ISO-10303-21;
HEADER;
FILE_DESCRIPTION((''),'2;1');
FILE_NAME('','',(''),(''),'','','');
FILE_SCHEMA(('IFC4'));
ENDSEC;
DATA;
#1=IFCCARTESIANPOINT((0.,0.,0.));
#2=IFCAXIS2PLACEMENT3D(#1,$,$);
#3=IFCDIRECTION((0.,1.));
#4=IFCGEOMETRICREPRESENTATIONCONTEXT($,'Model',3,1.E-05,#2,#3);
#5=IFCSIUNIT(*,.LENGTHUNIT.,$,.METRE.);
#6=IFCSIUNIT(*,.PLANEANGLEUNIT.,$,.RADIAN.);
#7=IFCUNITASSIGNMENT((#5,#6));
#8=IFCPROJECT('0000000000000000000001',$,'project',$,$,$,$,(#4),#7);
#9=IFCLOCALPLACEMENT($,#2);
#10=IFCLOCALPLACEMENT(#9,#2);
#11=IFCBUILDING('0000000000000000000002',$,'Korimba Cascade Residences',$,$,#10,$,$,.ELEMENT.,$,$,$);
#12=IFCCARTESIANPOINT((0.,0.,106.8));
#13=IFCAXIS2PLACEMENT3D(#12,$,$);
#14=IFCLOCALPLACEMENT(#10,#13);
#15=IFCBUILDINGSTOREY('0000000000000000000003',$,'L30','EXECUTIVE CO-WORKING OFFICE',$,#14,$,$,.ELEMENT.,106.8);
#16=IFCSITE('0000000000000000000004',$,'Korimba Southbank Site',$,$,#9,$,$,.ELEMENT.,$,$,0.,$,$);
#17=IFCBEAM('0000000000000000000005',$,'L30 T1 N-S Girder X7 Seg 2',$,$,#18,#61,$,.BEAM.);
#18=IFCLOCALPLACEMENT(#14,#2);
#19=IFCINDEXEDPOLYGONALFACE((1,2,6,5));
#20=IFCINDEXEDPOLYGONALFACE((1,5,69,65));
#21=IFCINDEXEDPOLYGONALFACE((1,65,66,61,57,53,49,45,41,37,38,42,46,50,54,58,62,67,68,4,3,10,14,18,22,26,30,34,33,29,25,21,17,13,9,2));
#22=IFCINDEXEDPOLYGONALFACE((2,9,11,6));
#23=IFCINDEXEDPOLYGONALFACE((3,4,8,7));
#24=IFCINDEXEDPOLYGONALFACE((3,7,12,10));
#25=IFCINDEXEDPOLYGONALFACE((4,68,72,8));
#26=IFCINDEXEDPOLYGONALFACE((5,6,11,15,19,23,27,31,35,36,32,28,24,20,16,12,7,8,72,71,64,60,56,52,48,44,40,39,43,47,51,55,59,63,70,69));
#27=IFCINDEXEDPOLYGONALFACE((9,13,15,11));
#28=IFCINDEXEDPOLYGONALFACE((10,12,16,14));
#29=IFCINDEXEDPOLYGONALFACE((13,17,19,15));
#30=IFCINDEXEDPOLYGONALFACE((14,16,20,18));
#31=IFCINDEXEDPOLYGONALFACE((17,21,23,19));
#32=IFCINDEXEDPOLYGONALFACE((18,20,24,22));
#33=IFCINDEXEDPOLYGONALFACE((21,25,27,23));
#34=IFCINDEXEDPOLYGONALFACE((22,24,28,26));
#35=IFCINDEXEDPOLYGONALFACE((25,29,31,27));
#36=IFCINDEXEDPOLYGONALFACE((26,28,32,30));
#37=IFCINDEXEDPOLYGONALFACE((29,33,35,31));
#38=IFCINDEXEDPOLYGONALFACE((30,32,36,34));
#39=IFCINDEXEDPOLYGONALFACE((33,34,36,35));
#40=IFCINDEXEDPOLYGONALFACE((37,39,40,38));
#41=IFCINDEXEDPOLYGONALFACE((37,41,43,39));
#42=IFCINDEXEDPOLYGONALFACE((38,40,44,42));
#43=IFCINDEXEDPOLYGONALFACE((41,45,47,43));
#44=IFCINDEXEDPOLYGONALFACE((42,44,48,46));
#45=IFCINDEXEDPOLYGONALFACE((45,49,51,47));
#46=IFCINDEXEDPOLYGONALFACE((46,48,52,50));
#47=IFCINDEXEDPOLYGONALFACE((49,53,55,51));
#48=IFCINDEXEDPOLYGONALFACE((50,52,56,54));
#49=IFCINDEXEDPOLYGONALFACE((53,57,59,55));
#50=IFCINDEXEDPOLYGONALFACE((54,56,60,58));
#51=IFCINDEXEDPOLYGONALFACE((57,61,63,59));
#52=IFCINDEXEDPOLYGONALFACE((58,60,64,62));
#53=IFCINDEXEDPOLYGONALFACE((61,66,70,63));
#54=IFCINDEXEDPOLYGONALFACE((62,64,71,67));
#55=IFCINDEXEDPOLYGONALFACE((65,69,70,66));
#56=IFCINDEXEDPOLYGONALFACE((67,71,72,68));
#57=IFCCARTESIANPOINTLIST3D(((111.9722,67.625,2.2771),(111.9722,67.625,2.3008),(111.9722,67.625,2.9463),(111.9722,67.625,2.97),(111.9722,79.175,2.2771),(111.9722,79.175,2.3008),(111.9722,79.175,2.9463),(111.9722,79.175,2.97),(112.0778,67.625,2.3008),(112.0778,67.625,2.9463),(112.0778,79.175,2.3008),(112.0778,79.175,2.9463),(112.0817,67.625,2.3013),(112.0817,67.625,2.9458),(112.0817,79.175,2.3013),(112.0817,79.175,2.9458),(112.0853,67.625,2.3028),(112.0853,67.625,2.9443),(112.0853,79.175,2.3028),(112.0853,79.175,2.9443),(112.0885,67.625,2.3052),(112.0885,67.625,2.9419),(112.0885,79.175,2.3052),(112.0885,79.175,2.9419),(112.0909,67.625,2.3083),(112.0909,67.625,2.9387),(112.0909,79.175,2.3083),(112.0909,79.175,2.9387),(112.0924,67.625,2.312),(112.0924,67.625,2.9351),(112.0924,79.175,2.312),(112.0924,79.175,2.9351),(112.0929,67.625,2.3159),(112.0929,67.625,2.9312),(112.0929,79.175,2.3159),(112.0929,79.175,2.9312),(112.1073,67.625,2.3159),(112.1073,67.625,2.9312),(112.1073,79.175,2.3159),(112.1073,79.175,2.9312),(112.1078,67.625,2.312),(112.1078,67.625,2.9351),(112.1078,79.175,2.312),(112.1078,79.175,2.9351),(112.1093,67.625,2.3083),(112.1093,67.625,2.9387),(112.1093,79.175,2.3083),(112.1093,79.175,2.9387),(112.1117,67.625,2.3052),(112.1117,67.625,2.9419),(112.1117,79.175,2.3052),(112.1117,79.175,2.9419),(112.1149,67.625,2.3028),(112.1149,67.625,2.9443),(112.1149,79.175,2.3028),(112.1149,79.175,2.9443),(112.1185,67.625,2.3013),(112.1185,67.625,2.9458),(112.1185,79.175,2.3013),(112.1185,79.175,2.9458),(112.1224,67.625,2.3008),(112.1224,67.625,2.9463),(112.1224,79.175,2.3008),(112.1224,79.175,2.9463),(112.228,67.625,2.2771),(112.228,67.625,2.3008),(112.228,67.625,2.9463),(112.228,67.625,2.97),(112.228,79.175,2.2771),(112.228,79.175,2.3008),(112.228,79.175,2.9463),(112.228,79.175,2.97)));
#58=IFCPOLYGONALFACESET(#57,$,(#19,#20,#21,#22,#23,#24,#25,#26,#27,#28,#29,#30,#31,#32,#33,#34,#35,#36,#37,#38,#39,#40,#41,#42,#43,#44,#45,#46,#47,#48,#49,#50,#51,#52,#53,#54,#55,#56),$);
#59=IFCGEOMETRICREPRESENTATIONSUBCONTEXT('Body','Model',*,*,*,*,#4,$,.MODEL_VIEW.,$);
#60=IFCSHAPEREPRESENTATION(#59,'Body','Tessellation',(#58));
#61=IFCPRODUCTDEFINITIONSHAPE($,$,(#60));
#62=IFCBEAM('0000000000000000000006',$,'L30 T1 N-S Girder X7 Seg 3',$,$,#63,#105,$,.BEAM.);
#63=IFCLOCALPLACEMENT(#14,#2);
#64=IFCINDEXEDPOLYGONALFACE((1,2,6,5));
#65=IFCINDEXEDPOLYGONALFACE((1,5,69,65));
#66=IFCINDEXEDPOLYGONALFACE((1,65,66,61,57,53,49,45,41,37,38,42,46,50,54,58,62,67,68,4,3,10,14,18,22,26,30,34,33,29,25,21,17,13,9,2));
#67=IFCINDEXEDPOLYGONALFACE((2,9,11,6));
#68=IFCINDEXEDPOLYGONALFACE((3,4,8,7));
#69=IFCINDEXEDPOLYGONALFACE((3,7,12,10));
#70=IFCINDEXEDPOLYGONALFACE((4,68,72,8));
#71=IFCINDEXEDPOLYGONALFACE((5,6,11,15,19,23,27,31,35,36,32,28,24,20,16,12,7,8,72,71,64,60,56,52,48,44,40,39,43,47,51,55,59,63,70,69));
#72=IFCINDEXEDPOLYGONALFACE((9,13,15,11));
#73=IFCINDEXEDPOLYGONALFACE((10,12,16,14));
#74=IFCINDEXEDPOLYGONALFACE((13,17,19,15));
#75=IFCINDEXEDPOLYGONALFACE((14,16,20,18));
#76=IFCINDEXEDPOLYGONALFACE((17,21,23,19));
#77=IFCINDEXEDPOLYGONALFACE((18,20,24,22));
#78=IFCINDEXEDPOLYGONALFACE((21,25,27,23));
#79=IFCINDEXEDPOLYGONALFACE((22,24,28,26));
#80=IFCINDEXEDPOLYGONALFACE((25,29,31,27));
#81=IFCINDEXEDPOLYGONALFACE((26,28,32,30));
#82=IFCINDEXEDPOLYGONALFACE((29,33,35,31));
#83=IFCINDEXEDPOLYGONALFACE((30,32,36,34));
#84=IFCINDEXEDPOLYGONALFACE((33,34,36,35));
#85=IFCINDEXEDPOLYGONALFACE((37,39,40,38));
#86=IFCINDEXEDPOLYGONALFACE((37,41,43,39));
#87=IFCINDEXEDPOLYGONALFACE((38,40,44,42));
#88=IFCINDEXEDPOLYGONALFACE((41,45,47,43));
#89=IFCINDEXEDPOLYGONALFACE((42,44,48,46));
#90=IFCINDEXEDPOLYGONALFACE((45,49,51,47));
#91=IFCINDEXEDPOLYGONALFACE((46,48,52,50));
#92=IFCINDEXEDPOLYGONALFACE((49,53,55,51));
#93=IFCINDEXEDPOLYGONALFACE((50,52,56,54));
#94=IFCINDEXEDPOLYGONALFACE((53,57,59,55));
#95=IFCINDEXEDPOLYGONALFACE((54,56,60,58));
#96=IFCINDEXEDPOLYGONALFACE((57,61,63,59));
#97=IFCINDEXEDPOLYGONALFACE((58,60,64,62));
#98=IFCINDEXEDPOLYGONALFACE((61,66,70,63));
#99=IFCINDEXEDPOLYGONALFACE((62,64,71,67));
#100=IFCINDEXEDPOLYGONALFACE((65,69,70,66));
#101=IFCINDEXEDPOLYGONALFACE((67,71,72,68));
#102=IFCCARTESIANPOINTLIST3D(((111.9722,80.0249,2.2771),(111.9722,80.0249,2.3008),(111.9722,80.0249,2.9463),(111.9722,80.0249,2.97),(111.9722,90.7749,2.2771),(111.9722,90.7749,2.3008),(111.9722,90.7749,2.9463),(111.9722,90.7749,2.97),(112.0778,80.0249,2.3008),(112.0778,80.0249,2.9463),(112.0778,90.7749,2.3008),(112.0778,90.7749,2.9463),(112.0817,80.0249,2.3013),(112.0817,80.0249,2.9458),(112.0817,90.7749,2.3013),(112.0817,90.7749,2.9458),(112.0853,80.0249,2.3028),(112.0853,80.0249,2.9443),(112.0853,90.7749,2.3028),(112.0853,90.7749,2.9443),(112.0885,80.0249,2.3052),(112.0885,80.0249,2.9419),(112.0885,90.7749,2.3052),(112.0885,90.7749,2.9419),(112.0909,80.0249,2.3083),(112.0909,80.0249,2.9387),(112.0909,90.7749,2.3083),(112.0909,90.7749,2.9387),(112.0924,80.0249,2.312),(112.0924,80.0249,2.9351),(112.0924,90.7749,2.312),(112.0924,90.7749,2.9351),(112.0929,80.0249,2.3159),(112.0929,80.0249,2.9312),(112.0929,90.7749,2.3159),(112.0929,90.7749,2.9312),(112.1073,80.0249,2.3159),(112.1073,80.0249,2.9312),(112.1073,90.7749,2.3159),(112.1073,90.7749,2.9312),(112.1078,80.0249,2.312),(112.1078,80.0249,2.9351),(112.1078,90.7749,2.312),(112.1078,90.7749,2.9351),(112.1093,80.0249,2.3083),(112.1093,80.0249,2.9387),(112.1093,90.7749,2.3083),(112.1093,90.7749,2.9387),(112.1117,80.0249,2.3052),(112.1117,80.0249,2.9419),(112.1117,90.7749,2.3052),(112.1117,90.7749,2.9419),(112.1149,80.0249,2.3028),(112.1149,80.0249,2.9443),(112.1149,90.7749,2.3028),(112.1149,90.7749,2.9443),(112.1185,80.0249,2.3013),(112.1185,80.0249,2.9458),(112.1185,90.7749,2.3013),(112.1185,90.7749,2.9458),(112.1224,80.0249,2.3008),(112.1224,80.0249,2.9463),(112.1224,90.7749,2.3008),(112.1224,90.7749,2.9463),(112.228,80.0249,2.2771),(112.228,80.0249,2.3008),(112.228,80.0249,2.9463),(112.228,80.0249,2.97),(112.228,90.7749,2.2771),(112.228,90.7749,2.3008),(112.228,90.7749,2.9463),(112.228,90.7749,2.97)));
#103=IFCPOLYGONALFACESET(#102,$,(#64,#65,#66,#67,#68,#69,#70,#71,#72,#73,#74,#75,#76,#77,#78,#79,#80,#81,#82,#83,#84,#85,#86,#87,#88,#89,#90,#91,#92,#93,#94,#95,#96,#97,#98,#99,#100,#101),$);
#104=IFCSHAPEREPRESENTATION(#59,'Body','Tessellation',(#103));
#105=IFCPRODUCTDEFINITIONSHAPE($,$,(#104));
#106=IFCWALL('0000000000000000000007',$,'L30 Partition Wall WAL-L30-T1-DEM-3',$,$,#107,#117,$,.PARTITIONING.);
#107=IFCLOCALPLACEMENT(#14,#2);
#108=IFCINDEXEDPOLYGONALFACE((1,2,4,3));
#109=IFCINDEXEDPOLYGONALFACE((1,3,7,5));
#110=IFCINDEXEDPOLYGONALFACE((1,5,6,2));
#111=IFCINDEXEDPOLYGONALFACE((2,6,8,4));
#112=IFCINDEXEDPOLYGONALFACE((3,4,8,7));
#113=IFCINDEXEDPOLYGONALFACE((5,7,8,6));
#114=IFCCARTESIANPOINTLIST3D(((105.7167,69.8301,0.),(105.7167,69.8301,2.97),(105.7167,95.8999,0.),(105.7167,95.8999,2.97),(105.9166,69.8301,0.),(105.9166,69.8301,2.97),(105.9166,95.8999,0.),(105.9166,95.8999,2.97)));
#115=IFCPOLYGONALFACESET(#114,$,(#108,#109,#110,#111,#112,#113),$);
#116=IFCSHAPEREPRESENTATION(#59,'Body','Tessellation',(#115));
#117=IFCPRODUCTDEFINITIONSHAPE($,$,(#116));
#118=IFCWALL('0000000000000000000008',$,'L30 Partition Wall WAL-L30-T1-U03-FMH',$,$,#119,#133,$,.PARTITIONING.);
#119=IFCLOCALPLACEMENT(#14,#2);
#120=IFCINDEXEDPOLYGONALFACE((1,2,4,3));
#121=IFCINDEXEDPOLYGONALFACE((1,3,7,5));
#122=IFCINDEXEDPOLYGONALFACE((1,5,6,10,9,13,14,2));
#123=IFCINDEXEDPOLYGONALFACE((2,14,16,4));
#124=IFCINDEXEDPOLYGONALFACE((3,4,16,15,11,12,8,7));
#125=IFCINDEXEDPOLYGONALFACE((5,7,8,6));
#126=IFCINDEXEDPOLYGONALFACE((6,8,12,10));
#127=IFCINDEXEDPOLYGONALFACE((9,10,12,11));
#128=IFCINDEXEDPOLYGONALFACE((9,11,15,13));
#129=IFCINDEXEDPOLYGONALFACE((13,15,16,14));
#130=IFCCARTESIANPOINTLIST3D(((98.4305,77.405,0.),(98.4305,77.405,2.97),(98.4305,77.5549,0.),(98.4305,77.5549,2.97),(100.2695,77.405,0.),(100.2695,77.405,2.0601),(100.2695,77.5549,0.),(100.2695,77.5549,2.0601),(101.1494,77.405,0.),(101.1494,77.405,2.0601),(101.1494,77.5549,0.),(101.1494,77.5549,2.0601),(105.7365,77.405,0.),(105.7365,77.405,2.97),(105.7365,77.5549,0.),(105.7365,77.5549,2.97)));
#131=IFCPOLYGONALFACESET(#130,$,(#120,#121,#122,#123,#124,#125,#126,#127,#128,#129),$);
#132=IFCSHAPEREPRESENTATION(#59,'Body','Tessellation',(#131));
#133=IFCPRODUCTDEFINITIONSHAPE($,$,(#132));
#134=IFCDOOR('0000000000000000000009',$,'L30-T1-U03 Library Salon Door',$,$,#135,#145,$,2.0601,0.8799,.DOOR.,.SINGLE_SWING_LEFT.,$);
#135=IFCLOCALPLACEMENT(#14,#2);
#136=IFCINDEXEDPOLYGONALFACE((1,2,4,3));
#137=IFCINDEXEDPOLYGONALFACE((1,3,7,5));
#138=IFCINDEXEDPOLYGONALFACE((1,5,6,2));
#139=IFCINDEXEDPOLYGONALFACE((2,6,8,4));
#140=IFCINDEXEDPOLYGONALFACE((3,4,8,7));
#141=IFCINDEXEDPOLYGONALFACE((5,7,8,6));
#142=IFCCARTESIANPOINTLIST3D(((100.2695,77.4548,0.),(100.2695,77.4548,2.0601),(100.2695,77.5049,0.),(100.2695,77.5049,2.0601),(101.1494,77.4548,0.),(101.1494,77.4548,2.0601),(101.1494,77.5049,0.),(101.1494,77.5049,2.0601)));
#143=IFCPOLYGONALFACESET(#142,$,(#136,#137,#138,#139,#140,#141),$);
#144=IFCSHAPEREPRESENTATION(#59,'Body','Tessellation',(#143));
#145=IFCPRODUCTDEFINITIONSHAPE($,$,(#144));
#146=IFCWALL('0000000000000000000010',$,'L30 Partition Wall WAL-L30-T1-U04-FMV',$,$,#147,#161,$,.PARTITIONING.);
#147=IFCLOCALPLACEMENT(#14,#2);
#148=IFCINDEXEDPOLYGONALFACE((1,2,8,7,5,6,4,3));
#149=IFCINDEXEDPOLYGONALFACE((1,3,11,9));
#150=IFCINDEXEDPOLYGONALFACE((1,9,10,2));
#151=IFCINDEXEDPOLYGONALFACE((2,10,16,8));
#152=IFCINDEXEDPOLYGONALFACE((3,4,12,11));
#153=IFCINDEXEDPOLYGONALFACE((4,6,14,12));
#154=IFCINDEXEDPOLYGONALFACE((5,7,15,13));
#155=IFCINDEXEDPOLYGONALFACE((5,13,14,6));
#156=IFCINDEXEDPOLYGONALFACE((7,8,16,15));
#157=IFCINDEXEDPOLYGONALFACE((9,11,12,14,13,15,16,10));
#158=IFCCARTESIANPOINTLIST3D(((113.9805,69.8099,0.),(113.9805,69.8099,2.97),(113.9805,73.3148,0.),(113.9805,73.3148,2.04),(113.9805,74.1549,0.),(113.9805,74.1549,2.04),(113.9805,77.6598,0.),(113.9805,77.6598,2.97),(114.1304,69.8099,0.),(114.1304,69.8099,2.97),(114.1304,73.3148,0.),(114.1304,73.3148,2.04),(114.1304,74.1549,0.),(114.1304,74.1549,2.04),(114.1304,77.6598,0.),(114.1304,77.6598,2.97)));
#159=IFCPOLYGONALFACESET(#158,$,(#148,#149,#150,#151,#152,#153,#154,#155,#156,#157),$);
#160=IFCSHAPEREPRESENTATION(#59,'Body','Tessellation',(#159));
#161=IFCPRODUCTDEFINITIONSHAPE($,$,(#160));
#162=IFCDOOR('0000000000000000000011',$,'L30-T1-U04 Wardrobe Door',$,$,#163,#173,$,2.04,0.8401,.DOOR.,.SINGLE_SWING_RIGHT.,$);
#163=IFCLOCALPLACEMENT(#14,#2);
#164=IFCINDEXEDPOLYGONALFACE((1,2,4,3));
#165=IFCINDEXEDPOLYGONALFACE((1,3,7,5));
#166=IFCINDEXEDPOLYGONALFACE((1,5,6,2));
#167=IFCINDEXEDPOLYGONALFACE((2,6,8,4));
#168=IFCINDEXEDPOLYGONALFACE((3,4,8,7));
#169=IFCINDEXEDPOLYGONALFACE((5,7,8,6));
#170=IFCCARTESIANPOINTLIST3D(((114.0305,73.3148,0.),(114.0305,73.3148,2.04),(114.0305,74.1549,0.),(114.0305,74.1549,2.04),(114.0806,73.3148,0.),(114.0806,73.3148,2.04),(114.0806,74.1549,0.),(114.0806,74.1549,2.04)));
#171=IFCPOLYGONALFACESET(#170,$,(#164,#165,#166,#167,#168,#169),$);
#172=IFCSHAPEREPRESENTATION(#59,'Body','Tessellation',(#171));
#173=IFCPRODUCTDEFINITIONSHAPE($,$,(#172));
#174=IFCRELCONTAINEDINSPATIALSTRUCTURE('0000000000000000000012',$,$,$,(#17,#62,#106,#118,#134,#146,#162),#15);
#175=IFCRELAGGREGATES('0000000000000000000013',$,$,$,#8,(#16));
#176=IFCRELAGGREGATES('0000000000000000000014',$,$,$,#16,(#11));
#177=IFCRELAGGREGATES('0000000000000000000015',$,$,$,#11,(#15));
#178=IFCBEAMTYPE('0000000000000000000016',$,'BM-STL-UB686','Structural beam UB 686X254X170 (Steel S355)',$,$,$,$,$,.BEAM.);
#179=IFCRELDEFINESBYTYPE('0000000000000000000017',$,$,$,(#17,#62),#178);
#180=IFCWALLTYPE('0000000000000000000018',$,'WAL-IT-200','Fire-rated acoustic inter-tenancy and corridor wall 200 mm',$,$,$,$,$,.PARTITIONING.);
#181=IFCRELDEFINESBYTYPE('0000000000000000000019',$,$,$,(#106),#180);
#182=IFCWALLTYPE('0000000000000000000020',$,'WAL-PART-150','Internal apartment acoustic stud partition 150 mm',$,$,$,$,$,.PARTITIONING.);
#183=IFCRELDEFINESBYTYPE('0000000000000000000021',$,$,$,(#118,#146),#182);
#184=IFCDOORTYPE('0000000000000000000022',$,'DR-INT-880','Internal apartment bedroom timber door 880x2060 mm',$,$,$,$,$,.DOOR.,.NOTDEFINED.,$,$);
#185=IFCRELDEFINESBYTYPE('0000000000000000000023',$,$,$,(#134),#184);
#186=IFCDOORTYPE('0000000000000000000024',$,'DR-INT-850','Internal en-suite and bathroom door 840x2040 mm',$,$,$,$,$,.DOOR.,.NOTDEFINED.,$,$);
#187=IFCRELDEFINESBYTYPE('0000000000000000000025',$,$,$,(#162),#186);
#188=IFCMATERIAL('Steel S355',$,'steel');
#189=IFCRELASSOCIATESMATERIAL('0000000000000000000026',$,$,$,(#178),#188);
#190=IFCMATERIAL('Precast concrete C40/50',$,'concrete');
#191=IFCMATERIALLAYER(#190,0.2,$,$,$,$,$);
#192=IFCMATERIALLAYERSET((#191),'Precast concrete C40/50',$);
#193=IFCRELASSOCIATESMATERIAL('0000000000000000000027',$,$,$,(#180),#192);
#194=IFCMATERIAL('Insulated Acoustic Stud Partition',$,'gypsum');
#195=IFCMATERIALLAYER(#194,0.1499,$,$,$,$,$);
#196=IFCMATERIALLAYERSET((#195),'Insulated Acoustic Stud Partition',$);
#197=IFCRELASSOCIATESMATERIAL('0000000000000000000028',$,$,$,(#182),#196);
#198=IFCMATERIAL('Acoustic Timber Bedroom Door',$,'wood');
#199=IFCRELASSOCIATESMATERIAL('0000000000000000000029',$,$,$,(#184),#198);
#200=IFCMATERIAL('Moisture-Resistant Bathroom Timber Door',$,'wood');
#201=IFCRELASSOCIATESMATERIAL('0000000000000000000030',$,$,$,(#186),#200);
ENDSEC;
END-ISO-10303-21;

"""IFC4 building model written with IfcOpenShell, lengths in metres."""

from ifc_helpers import new_model, si_unit, direction, frame, frame_2d, origin, origin_2d, place, context, subcontext, project, spatial, rectangle, i_section, extrude, material, layer, layer_set, material_profile, profile_set, type_object, element, fill, save


model = new_model("IFC4")

# Units and contexts
model_context = context("Model", 3, precision=1e-05, world=origin(), true_north=direction((0.0, 1.0)))
body_context = subcontext(model_context, "Body", "Model", "MODEL_VIEW")
ifc_project = project(units=[si_unit("LENGTHUNIT", "METRE"), si_unit("PLANEANGLEUNIT", "RADIAN")], contexts=[model_context])

# Site, building, storey
site_placement = place(None, origin())
site = spatial("IfcSite", under=ifc_project, at=site_placement, Name="Korimba Southbank Site", CompositionType="ELEMENT", RefElevation=0.0)
building_placement = place(site_placement, origin())
building = spatial("IfcBuilding", under=site, at=building_placement, Name="Korimba Cascade Residences", CompositionType="ELEMENT")
storey_placement = place(building_placement, frame((0.0, 0.0, 106.8)))
storey = spatial("IfcBuildingStorey", under=building, at=storey_placement, Name="L30", Description="EXECUTIVE CO-WORKING OFFICE", CompositionType="ELEMENT", Elevation=106.8)

# Beams
ifc_material_1 = material(Name="Steel S355", Category="steel")
ifc_material_profile_1 = material_profile(ifc_material_1, i_section(OverallWidth=0.2559, OverallDepth=0.6929, WebThickness=0.0144, FlangeThickness=0.0237, FilletRadius=0.0151, at=origin_2d()), Name="Steel S355")
ifc_profile_set_1 = profile_set([ifc_material_profile_1], Name="Steel S355")
beam_type_1 = type_object("IfcBeamType", Name="BM-STL-UB686", Description="Structural beam UB 686X254X170 (Steel S355)", PredefinedType="BEAM", material=ifc_profile_set_1)
beam_1_placement = place(storey_placement, frame((112.1001, 67.625, 2.6235), z_axis=(0.0, 1.0, 0.0), x_axis=(-1.0, 0.0, 0.0)))
element("IfcBeam", 1, at=beam_1_placement, inside=storey, type_object=beam_type_1, Name="L30 T1 N-S Girder X7 Seg 2", PredefinedType="BEAM", context=body_context, shape_type="SweptSolid", body=[
    extrude(i_section(OverallWidth=0.2559, OverallDepth=0.6929, WebThickness=0.0144, FlangeThickness=0.0237, FilletRadius=0.0151, at=origin_2d()), origin(), (0.0, 0.0, 1.0), 11.55),
])
beam_2_placement = place(storey_placement, frame((112.1001, 80.0249, 2.6235), z_axis=(0.0, 1.0, 0.0), x_axis=(-1.0, 0.0, 0.0)))
element("IfcBeam", 2, at=beam_2_placement, inside=storey, type_object=beam_type_1, Name="L30 T1 N-S Girder X7 Seg 3", PredefinedType="BEAM", context=body_context, shape_type="SweptSolid", body=[
    extrude(i_section(OverallWidth=0.2559, OverallDepth=0.6929, WebThickness=0.0144, FlangeThickness=0.0237, FilletRadius=0.0151, at=origin_2d()), origin(), (0.0, 0.0, 1.0), 10.75),
])

# Wall
ifc_material_2 = material(Name="Precast concrete C40/50", Category="concrete")
ifc_layer_1 = layer(ifc_material_2, 0.2)
ifc_layer_set_1 = layer_set([ifc_layer_1], Name="Precast concrete C40/50")
wall_type_1 = type_object("IfcWallType", Name="WAL-IT-200", Description="Fire-rated acoustic inter-tenancy and corridor wall 200 mm", PredefinedType="PARTITIONING", material=ifc_layer_set_1)
wall_1_placement = place(storey_placement, frame((105.8167, 69.8301, 0.0), z_axis=(0.0, 0.0, 1.0), x_axis=(0.0, 1.0, 0.0)))
element("IfcWall", 3, at=wall_1_placement, inside=storey, type_object=wall_type_1, Name="L30 Partition Wall WAL-L30-T1-DEM-3", PredefinedType="PARTITIONING", context=body_context, shape_type="SweptSolid", body=[
    extrude(rectangle(XDim=26.0698, YDim=0.2, at=frame_2d((13.0349, 0.0))), origin(), (0.0, 0.0, 1.0), 2.97),
])

# Walls, openings, doors
ifc_material_3 = material(Name="Insulated Acoustic Stud Partition", Category="gypsum")
ifc_layer_2 = layer(ifc_material_3, 0.1499)
ifc_layer_set_2 = layer_set([ifc_layer_2], Name="Insulated Acoustic Stud Partition")
wall_type_2 = type_object("IfcWallType", Name="WAL-PART-150", Description="Internal apartment acoustic stud partition 150 mm", PredefinedType="PARTITIONING", material=ifc_layer_set_2)
wall_2_placement = place(storey_placement, frame((98.4307, 77.48, 0.0), z_axis=(0.0, 0.0, 1.0), x_axis=(1.0, 0.0, 0.0)))
wall_2 = element("IfcWall", 4, at=wall_2_placement, inside=storey, type_object=wall_type_2, Name="L30 Partition Wall WAL-L30-T1-U03-FMH", PredefinedType="PARTITIONING", context=body_context, shape_type="SweptSolid", body=[
    extrude(rectangle(XDim=7.3059, YDim=0.1499, at=frame_2d((3.6528, 0.0))), origin(), (0.0, 0.0, 1.0), 2.97),
])
opening_1_placement = place(wall_2_placement, frame((1.8389, 0.0, 0.0)))
opening_1 = element("IfcOpeningElement", 5, at=opening_1_placement, cuts=wall_2, PredefinedType="OPENING", context=body_context, shape_type="SweptSolid", body=[
    extrude(rectangle(XDim=0.8799, YDim=2.0601, at=frame_2d((0.4399, 1.03))), frame((0.0, 0.085, 0.0), z_axis=(0.0, -1.0, 0.0), x_axis=(1.0, 0.0, 0.0)), (0.0, 0.0, 1.0), 0.1699),
])
ifc_material_4 = material(Name="Acoustic Timber Bedroom Door", Category="wood")
door_type_1 = type_object("IfcDoorType", Name="DR-INT-880", Description="Internal apartment bedroom timber door 880x2060 mm", OperationType="NOTDEFINED", PredefinedType="DOOR", material=ifc_material_4)
door_1_placement = place(opening_1_placement, origin())
door_1 = element("IfcDoor", 6, at=door_1_placement, inside=storey, type_object=door_type_1, Name="L30-T1-U03 Library Salon Door", OperationType="SINGLE_SWING_LEFT", OverallHeight=2.0601, OverallWidth=0.8799, PredefinedType="DOOR", context=body_context, shape_type="SweptSolid", body=[
    extrude(rectangle(XDim=0.8799, YDim=2.0601, at=frame_2d((0.4399, 1.03))), frame((0.0, 0.0249, 0.0), z_axis=(0.0, -1.0, 0.0), x_axis=(1.0, 0.0, 0.0)), (0.0, 0.0, 1.0), 0.05),
])
fill(opening_1, door_1)
wall_3_placement = place(storey_placement, frame((114.0554, 69.8101, 0.0), z_axis=(0.0, 0.0, 1.0), x_axis=(0.0, 1.0, 0.0)))
wall_3 = element("IfcWall", 7, at=wall_3_placement, inside=storey, type_object=wall_type_2, Name="L30 Partition Wall WAL-L30-T1-U04-FMV", PredefinedType="PARTITIONING", context=body_context, shape_type="SweptSolid", body=[
    extrude(rectangle(XDim=7.8499, YDim=0.1499, at=frame_2d((3.9248, 0.0))), origin(), (0.0, 0.0, 1.0), 2.97),
])
opening_2_placement = place(wall_3_placement, frame((3.5049, 0.0, 0.0)))
opening_2 = element("IfcOpeningElement", 8, at=opening_2_placement, cuts=wall_3, PredefinedType="OPENING", context=body_context, shape_type="SweptSolid", body=[
    extrude(rectangle(XDim=0.8401, YDim=2.04, at=frame_2d((0.4199, 1.02))), frame((0.0, 0.085, 0.0), z_axis=(0.0, -1.0, 0.0), x_axis=(1.0, 0.0, 0.0)), (0.0, 0.0, 1.0), 0.1699),
])
ifc_material_5 = material(Name="Moisture-Resistant Bathroom Timber Door", Category="wood")
door_type_2 = type_object("IfcDoorType", Name="DR-INT-850", Description="Internal en-suite and bathroom door 840x2040 mm", OperationType="NOTDEFINED", PredefinedType="DOOR", material=ifc_material_5)
door_2_placement = place(opening_2_placement, origin())
door_2 = element("IfcDoor", 9, at=door_2_placement, inside=storey, type_object=door_type_2, Name="L30-T1-U04 Wardrobe Door", OperationType="SINGLE_SWING_RIGHT", OverallHeight=2.04, OverallWidth=0.8401, PredefinedType="DOOR", context=body_context, shape_type="SweptSolid", body=[
    extrude(rectangle(XDim=0.8401, YDim=2.04, at=frame_2d((0.4199, 1.02))), frame((0.0, 0.0249, 0.0), z_axis=(0.0, -1.0, 0.0), x_axis=(1.0, 0.0, 0.0)), (0.0, 0.0, 1.0), 0.05),
])
fill(opening_2, door_2)

save(model, "model.ifc")
